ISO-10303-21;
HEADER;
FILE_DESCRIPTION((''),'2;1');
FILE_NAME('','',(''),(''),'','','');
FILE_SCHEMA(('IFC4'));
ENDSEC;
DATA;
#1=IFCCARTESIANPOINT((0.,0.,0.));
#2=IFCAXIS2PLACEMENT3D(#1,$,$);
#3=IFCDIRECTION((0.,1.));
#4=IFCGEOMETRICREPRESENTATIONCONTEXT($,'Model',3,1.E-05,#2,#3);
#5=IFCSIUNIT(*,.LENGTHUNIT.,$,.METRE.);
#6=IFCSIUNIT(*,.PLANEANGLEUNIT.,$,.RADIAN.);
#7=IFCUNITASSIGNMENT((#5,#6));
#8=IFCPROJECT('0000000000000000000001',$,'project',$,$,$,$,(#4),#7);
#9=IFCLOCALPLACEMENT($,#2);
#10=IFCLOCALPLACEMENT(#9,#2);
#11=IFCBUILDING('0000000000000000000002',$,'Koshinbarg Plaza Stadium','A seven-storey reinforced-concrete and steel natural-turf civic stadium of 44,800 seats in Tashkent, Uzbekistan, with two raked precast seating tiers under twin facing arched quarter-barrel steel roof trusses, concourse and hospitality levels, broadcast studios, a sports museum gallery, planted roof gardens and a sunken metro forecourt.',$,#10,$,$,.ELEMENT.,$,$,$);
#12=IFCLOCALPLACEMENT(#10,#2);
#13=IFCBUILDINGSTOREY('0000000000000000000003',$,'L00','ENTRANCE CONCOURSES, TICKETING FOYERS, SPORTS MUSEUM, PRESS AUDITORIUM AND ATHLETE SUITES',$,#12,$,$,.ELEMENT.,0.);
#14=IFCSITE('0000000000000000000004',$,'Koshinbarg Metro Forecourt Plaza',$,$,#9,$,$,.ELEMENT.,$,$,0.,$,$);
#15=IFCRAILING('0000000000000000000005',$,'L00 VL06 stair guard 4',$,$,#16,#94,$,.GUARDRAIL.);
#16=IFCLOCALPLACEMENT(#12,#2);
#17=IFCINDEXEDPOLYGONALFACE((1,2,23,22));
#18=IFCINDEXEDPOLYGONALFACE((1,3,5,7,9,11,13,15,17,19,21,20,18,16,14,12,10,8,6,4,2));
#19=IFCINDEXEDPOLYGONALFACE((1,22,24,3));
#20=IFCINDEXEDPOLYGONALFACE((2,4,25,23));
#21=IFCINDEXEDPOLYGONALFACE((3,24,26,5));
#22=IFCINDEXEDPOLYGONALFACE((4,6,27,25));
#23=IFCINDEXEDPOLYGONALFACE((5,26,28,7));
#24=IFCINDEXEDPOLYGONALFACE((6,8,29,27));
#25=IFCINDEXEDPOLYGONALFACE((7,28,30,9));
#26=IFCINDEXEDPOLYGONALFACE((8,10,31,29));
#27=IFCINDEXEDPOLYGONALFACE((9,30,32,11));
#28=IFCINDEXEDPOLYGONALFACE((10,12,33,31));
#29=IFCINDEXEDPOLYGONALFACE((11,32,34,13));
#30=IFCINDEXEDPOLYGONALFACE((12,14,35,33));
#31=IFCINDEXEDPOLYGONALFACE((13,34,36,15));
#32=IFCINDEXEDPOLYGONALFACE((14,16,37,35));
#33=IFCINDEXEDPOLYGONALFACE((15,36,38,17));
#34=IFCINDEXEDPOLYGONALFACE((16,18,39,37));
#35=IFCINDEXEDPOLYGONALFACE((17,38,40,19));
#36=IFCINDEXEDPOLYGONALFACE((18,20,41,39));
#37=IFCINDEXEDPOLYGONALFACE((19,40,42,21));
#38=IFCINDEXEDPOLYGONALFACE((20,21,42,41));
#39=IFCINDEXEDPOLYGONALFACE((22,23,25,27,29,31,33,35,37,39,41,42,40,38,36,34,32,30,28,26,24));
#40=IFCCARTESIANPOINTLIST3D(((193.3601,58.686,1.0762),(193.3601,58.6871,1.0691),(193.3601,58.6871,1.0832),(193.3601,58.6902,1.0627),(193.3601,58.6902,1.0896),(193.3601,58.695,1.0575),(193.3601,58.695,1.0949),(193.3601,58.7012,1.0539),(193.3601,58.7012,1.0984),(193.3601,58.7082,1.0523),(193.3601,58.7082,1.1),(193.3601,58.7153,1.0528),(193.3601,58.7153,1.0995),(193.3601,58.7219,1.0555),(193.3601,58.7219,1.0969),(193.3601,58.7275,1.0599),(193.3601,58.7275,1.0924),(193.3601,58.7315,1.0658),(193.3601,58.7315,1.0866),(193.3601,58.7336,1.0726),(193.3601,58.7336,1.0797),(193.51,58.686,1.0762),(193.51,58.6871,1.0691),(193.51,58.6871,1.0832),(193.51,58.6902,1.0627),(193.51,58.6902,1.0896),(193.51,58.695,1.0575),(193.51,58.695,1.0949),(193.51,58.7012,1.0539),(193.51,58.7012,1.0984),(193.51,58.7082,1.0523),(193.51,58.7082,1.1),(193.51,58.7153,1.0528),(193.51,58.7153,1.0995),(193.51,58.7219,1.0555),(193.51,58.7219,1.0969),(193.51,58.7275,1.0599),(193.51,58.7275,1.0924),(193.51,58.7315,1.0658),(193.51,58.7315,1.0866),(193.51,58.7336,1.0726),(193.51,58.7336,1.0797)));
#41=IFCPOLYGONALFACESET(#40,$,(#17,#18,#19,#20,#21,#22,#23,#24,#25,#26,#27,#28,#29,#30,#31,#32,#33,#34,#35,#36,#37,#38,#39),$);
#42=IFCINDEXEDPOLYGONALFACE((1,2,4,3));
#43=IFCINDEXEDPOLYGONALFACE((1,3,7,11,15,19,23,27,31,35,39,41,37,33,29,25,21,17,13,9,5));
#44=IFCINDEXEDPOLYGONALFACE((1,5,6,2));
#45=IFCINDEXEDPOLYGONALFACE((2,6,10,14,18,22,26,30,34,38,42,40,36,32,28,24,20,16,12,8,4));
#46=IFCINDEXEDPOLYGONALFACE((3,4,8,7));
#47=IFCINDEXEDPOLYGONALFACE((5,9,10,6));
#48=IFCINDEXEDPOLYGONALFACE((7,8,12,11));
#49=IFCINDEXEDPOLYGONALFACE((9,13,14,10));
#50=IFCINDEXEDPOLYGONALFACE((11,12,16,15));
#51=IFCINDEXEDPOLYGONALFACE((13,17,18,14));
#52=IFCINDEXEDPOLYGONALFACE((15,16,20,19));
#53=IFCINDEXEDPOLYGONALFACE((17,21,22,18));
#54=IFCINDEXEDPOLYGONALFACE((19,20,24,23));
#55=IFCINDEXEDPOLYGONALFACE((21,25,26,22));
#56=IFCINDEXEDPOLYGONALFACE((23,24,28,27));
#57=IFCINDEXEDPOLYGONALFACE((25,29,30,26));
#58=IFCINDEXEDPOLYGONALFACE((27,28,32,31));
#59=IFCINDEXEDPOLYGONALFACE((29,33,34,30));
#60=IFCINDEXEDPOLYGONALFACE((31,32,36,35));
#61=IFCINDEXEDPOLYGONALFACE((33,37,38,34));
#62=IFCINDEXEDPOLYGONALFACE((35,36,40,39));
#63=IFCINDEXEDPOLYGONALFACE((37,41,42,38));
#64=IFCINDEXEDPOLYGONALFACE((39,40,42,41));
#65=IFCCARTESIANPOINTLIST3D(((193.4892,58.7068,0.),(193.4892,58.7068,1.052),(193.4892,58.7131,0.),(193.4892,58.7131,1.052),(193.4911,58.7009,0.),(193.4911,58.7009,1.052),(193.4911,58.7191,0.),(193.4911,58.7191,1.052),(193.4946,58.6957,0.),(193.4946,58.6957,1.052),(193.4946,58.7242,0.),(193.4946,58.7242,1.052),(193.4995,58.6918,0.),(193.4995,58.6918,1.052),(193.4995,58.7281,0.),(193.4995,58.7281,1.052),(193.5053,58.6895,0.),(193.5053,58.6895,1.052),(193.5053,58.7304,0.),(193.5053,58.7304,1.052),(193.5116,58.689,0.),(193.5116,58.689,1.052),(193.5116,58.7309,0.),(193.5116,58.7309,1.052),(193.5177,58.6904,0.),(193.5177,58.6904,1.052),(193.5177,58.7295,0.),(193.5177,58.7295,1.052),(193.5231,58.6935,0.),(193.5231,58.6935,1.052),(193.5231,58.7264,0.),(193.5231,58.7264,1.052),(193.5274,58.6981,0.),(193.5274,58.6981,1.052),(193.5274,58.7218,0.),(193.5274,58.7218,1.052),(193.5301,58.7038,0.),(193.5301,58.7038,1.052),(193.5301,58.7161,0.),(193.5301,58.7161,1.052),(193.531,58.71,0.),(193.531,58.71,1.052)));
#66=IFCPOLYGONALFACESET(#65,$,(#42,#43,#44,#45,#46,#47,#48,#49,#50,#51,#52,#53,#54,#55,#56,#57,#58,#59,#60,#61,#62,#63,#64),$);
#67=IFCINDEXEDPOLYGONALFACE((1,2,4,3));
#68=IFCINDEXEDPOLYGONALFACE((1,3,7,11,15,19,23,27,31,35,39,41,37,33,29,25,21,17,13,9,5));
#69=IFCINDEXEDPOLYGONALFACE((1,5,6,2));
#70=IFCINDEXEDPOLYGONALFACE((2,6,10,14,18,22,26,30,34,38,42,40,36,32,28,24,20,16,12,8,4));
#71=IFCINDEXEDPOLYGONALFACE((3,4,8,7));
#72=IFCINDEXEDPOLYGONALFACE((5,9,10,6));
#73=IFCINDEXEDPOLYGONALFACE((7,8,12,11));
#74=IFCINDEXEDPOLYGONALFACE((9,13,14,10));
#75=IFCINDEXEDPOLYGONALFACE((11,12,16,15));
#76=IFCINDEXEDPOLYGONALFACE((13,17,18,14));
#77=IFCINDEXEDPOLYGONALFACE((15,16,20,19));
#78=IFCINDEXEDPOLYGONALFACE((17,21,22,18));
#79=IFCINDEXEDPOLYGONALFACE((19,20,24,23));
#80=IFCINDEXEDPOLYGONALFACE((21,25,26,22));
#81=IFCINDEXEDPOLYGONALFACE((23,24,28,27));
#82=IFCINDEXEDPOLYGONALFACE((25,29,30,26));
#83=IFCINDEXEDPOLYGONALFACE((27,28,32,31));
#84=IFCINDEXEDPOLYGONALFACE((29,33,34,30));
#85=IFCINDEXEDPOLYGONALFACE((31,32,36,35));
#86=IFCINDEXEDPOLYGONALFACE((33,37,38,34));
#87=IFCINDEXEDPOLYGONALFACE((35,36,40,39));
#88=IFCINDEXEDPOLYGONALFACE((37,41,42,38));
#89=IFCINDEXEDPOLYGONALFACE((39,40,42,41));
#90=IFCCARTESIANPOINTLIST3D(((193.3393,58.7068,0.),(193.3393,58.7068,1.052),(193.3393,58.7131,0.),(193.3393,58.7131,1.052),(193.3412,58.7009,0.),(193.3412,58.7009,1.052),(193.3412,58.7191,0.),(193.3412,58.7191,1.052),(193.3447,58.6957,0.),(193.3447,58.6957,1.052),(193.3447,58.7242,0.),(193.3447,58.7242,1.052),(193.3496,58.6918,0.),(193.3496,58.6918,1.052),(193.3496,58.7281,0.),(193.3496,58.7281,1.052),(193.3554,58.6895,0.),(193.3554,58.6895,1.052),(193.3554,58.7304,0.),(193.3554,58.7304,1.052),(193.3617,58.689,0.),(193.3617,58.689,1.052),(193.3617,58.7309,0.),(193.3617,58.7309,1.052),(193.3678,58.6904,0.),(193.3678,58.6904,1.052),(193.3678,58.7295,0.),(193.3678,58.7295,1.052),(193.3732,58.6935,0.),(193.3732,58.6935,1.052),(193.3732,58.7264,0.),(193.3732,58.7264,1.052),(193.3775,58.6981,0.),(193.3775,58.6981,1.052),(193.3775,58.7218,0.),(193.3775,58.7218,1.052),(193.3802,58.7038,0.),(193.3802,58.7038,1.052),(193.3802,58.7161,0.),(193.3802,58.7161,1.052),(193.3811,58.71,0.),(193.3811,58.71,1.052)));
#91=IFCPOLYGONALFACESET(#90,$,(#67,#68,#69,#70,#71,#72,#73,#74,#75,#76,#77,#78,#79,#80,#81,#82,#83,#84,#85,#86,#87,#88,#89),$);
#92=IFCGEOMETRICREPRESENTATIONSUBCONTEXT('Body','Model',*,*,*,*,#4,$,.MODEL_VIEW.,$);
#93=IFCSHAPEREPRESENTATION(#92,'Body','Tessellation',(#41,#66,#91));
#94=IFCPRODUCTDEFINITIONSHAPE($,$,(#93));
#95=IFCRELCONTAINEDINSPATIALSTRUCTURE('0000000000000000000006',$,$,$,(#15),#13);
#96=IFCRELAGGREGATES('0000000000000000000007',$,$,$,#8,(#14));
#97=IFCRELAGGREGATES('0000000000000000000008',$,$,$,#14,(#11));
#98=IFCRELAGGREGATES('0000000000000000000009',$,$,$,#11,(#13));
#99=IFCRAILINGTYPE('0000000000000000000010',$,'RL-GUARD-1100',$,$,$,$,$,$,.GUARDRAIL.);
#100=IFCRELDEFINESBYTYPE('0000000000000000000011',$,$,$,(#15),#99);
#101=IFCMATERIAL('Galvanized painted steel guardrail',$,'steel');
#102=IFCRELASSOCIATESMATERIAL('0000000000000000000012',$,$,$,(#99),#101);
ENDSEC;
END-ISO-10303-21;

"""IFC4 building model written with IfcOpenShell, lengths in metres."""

from ifc_helpers import new_model, si_unit, direction, frame, origin, origin_2d, place, context, subcontext, project, spatial, circle, extrude, material, type_object, element, save


model = new_model("IFC4")

# Units and contexts
model_context = context("Model", 3, precision=1e-05, world=origin(), true_north=direction((0.0, 1.0)))
body_context = subcontext(model_context, "Body", "Model", "MODEL_VIEW")
ifc_project = project(units=[si_unit("LENGTHUNIT", "METRE"), si_unit("PLANEANGLEUNIT", "RADIAN")], contexts=[model_context])

# Site, building, storey
site_placement = place(None, origin())
site = spatial("IfcSite", under=ifc_project, at=site_placement, Name="Koshinbarg Metro Forecourt Plaza", CompositionType="ELEMENT", RefElevation=0.0)
building_placement = place(site_placement, origin())
building = spatial("IfcBuilding", under=site, at=building_placement, Name="Koshinbarg Plaza Stadium", Description="A seven-storey reinforced-concrete and steel natural-turf civic stadium of 44,800 seats in Tashkent, Uzbekistan, with two raked precast seating tiers under twin facing arched quarter-barrel steel roof trusses, concourse and hospitality levels, broadcast studios, a sports museum gallery, planted roof gardens and a sunken metro forecourt.", CompositionType="ELEMENT")
storey_placement = place(building_placement, origin())
storey = spatial("IfcBuildingStorey", under=building, at=storey_placement, Name="L00", Description="ENTRANCE CONCOURSES, TICKETING FOYERS, SPORTS MUSEUM, PRESS AUDITORIUM AND ATHLETE SUITES", CompositionType="ELEMENT", Elevation=0.0)

# Railing
ifc_material_1 = material(Name="Galvanized painted steel guardrail", Category="steel")
railing_type_1 = type_object("IfcRailingType", Name="RL-GUARD-1100", PredefinedType="GUARDRAIL", material=ifc_material_1)
railing_1_placement = place(storey_placement, frame((193.51, 58.71, 0.0)))
element("IfcRailing", 1, at=railing_1_placement, inside=storey, type_object=railing_type_1, Name="L00 VL06 stair guard 4", PredefinedType="GUARDRAIL", context=body_context, shape_type="SweptSolid", body=[
    extrude(circle(Radius=0.0239, at=origin_2d()), frame((0.0, 0.0, 1.0762), z_axis=(-1.0, 0.0, 0.0), x_axis=(0.0, -1.0, 0.0)), (0.0, 0.0, 1.0), 0.1499),
    extrude(circle(Radius=0.021, at=origin_2d()), origin(), (0.0, 0.0, 1.0), 1.052),
    extrude(circle(Radius=0.021, at=origin_2d()), frame((-0.1499, 0.0, 0.0)), (0.0, 0.0, 1.0), 1.052),
])

save(model, "model.ifc")
